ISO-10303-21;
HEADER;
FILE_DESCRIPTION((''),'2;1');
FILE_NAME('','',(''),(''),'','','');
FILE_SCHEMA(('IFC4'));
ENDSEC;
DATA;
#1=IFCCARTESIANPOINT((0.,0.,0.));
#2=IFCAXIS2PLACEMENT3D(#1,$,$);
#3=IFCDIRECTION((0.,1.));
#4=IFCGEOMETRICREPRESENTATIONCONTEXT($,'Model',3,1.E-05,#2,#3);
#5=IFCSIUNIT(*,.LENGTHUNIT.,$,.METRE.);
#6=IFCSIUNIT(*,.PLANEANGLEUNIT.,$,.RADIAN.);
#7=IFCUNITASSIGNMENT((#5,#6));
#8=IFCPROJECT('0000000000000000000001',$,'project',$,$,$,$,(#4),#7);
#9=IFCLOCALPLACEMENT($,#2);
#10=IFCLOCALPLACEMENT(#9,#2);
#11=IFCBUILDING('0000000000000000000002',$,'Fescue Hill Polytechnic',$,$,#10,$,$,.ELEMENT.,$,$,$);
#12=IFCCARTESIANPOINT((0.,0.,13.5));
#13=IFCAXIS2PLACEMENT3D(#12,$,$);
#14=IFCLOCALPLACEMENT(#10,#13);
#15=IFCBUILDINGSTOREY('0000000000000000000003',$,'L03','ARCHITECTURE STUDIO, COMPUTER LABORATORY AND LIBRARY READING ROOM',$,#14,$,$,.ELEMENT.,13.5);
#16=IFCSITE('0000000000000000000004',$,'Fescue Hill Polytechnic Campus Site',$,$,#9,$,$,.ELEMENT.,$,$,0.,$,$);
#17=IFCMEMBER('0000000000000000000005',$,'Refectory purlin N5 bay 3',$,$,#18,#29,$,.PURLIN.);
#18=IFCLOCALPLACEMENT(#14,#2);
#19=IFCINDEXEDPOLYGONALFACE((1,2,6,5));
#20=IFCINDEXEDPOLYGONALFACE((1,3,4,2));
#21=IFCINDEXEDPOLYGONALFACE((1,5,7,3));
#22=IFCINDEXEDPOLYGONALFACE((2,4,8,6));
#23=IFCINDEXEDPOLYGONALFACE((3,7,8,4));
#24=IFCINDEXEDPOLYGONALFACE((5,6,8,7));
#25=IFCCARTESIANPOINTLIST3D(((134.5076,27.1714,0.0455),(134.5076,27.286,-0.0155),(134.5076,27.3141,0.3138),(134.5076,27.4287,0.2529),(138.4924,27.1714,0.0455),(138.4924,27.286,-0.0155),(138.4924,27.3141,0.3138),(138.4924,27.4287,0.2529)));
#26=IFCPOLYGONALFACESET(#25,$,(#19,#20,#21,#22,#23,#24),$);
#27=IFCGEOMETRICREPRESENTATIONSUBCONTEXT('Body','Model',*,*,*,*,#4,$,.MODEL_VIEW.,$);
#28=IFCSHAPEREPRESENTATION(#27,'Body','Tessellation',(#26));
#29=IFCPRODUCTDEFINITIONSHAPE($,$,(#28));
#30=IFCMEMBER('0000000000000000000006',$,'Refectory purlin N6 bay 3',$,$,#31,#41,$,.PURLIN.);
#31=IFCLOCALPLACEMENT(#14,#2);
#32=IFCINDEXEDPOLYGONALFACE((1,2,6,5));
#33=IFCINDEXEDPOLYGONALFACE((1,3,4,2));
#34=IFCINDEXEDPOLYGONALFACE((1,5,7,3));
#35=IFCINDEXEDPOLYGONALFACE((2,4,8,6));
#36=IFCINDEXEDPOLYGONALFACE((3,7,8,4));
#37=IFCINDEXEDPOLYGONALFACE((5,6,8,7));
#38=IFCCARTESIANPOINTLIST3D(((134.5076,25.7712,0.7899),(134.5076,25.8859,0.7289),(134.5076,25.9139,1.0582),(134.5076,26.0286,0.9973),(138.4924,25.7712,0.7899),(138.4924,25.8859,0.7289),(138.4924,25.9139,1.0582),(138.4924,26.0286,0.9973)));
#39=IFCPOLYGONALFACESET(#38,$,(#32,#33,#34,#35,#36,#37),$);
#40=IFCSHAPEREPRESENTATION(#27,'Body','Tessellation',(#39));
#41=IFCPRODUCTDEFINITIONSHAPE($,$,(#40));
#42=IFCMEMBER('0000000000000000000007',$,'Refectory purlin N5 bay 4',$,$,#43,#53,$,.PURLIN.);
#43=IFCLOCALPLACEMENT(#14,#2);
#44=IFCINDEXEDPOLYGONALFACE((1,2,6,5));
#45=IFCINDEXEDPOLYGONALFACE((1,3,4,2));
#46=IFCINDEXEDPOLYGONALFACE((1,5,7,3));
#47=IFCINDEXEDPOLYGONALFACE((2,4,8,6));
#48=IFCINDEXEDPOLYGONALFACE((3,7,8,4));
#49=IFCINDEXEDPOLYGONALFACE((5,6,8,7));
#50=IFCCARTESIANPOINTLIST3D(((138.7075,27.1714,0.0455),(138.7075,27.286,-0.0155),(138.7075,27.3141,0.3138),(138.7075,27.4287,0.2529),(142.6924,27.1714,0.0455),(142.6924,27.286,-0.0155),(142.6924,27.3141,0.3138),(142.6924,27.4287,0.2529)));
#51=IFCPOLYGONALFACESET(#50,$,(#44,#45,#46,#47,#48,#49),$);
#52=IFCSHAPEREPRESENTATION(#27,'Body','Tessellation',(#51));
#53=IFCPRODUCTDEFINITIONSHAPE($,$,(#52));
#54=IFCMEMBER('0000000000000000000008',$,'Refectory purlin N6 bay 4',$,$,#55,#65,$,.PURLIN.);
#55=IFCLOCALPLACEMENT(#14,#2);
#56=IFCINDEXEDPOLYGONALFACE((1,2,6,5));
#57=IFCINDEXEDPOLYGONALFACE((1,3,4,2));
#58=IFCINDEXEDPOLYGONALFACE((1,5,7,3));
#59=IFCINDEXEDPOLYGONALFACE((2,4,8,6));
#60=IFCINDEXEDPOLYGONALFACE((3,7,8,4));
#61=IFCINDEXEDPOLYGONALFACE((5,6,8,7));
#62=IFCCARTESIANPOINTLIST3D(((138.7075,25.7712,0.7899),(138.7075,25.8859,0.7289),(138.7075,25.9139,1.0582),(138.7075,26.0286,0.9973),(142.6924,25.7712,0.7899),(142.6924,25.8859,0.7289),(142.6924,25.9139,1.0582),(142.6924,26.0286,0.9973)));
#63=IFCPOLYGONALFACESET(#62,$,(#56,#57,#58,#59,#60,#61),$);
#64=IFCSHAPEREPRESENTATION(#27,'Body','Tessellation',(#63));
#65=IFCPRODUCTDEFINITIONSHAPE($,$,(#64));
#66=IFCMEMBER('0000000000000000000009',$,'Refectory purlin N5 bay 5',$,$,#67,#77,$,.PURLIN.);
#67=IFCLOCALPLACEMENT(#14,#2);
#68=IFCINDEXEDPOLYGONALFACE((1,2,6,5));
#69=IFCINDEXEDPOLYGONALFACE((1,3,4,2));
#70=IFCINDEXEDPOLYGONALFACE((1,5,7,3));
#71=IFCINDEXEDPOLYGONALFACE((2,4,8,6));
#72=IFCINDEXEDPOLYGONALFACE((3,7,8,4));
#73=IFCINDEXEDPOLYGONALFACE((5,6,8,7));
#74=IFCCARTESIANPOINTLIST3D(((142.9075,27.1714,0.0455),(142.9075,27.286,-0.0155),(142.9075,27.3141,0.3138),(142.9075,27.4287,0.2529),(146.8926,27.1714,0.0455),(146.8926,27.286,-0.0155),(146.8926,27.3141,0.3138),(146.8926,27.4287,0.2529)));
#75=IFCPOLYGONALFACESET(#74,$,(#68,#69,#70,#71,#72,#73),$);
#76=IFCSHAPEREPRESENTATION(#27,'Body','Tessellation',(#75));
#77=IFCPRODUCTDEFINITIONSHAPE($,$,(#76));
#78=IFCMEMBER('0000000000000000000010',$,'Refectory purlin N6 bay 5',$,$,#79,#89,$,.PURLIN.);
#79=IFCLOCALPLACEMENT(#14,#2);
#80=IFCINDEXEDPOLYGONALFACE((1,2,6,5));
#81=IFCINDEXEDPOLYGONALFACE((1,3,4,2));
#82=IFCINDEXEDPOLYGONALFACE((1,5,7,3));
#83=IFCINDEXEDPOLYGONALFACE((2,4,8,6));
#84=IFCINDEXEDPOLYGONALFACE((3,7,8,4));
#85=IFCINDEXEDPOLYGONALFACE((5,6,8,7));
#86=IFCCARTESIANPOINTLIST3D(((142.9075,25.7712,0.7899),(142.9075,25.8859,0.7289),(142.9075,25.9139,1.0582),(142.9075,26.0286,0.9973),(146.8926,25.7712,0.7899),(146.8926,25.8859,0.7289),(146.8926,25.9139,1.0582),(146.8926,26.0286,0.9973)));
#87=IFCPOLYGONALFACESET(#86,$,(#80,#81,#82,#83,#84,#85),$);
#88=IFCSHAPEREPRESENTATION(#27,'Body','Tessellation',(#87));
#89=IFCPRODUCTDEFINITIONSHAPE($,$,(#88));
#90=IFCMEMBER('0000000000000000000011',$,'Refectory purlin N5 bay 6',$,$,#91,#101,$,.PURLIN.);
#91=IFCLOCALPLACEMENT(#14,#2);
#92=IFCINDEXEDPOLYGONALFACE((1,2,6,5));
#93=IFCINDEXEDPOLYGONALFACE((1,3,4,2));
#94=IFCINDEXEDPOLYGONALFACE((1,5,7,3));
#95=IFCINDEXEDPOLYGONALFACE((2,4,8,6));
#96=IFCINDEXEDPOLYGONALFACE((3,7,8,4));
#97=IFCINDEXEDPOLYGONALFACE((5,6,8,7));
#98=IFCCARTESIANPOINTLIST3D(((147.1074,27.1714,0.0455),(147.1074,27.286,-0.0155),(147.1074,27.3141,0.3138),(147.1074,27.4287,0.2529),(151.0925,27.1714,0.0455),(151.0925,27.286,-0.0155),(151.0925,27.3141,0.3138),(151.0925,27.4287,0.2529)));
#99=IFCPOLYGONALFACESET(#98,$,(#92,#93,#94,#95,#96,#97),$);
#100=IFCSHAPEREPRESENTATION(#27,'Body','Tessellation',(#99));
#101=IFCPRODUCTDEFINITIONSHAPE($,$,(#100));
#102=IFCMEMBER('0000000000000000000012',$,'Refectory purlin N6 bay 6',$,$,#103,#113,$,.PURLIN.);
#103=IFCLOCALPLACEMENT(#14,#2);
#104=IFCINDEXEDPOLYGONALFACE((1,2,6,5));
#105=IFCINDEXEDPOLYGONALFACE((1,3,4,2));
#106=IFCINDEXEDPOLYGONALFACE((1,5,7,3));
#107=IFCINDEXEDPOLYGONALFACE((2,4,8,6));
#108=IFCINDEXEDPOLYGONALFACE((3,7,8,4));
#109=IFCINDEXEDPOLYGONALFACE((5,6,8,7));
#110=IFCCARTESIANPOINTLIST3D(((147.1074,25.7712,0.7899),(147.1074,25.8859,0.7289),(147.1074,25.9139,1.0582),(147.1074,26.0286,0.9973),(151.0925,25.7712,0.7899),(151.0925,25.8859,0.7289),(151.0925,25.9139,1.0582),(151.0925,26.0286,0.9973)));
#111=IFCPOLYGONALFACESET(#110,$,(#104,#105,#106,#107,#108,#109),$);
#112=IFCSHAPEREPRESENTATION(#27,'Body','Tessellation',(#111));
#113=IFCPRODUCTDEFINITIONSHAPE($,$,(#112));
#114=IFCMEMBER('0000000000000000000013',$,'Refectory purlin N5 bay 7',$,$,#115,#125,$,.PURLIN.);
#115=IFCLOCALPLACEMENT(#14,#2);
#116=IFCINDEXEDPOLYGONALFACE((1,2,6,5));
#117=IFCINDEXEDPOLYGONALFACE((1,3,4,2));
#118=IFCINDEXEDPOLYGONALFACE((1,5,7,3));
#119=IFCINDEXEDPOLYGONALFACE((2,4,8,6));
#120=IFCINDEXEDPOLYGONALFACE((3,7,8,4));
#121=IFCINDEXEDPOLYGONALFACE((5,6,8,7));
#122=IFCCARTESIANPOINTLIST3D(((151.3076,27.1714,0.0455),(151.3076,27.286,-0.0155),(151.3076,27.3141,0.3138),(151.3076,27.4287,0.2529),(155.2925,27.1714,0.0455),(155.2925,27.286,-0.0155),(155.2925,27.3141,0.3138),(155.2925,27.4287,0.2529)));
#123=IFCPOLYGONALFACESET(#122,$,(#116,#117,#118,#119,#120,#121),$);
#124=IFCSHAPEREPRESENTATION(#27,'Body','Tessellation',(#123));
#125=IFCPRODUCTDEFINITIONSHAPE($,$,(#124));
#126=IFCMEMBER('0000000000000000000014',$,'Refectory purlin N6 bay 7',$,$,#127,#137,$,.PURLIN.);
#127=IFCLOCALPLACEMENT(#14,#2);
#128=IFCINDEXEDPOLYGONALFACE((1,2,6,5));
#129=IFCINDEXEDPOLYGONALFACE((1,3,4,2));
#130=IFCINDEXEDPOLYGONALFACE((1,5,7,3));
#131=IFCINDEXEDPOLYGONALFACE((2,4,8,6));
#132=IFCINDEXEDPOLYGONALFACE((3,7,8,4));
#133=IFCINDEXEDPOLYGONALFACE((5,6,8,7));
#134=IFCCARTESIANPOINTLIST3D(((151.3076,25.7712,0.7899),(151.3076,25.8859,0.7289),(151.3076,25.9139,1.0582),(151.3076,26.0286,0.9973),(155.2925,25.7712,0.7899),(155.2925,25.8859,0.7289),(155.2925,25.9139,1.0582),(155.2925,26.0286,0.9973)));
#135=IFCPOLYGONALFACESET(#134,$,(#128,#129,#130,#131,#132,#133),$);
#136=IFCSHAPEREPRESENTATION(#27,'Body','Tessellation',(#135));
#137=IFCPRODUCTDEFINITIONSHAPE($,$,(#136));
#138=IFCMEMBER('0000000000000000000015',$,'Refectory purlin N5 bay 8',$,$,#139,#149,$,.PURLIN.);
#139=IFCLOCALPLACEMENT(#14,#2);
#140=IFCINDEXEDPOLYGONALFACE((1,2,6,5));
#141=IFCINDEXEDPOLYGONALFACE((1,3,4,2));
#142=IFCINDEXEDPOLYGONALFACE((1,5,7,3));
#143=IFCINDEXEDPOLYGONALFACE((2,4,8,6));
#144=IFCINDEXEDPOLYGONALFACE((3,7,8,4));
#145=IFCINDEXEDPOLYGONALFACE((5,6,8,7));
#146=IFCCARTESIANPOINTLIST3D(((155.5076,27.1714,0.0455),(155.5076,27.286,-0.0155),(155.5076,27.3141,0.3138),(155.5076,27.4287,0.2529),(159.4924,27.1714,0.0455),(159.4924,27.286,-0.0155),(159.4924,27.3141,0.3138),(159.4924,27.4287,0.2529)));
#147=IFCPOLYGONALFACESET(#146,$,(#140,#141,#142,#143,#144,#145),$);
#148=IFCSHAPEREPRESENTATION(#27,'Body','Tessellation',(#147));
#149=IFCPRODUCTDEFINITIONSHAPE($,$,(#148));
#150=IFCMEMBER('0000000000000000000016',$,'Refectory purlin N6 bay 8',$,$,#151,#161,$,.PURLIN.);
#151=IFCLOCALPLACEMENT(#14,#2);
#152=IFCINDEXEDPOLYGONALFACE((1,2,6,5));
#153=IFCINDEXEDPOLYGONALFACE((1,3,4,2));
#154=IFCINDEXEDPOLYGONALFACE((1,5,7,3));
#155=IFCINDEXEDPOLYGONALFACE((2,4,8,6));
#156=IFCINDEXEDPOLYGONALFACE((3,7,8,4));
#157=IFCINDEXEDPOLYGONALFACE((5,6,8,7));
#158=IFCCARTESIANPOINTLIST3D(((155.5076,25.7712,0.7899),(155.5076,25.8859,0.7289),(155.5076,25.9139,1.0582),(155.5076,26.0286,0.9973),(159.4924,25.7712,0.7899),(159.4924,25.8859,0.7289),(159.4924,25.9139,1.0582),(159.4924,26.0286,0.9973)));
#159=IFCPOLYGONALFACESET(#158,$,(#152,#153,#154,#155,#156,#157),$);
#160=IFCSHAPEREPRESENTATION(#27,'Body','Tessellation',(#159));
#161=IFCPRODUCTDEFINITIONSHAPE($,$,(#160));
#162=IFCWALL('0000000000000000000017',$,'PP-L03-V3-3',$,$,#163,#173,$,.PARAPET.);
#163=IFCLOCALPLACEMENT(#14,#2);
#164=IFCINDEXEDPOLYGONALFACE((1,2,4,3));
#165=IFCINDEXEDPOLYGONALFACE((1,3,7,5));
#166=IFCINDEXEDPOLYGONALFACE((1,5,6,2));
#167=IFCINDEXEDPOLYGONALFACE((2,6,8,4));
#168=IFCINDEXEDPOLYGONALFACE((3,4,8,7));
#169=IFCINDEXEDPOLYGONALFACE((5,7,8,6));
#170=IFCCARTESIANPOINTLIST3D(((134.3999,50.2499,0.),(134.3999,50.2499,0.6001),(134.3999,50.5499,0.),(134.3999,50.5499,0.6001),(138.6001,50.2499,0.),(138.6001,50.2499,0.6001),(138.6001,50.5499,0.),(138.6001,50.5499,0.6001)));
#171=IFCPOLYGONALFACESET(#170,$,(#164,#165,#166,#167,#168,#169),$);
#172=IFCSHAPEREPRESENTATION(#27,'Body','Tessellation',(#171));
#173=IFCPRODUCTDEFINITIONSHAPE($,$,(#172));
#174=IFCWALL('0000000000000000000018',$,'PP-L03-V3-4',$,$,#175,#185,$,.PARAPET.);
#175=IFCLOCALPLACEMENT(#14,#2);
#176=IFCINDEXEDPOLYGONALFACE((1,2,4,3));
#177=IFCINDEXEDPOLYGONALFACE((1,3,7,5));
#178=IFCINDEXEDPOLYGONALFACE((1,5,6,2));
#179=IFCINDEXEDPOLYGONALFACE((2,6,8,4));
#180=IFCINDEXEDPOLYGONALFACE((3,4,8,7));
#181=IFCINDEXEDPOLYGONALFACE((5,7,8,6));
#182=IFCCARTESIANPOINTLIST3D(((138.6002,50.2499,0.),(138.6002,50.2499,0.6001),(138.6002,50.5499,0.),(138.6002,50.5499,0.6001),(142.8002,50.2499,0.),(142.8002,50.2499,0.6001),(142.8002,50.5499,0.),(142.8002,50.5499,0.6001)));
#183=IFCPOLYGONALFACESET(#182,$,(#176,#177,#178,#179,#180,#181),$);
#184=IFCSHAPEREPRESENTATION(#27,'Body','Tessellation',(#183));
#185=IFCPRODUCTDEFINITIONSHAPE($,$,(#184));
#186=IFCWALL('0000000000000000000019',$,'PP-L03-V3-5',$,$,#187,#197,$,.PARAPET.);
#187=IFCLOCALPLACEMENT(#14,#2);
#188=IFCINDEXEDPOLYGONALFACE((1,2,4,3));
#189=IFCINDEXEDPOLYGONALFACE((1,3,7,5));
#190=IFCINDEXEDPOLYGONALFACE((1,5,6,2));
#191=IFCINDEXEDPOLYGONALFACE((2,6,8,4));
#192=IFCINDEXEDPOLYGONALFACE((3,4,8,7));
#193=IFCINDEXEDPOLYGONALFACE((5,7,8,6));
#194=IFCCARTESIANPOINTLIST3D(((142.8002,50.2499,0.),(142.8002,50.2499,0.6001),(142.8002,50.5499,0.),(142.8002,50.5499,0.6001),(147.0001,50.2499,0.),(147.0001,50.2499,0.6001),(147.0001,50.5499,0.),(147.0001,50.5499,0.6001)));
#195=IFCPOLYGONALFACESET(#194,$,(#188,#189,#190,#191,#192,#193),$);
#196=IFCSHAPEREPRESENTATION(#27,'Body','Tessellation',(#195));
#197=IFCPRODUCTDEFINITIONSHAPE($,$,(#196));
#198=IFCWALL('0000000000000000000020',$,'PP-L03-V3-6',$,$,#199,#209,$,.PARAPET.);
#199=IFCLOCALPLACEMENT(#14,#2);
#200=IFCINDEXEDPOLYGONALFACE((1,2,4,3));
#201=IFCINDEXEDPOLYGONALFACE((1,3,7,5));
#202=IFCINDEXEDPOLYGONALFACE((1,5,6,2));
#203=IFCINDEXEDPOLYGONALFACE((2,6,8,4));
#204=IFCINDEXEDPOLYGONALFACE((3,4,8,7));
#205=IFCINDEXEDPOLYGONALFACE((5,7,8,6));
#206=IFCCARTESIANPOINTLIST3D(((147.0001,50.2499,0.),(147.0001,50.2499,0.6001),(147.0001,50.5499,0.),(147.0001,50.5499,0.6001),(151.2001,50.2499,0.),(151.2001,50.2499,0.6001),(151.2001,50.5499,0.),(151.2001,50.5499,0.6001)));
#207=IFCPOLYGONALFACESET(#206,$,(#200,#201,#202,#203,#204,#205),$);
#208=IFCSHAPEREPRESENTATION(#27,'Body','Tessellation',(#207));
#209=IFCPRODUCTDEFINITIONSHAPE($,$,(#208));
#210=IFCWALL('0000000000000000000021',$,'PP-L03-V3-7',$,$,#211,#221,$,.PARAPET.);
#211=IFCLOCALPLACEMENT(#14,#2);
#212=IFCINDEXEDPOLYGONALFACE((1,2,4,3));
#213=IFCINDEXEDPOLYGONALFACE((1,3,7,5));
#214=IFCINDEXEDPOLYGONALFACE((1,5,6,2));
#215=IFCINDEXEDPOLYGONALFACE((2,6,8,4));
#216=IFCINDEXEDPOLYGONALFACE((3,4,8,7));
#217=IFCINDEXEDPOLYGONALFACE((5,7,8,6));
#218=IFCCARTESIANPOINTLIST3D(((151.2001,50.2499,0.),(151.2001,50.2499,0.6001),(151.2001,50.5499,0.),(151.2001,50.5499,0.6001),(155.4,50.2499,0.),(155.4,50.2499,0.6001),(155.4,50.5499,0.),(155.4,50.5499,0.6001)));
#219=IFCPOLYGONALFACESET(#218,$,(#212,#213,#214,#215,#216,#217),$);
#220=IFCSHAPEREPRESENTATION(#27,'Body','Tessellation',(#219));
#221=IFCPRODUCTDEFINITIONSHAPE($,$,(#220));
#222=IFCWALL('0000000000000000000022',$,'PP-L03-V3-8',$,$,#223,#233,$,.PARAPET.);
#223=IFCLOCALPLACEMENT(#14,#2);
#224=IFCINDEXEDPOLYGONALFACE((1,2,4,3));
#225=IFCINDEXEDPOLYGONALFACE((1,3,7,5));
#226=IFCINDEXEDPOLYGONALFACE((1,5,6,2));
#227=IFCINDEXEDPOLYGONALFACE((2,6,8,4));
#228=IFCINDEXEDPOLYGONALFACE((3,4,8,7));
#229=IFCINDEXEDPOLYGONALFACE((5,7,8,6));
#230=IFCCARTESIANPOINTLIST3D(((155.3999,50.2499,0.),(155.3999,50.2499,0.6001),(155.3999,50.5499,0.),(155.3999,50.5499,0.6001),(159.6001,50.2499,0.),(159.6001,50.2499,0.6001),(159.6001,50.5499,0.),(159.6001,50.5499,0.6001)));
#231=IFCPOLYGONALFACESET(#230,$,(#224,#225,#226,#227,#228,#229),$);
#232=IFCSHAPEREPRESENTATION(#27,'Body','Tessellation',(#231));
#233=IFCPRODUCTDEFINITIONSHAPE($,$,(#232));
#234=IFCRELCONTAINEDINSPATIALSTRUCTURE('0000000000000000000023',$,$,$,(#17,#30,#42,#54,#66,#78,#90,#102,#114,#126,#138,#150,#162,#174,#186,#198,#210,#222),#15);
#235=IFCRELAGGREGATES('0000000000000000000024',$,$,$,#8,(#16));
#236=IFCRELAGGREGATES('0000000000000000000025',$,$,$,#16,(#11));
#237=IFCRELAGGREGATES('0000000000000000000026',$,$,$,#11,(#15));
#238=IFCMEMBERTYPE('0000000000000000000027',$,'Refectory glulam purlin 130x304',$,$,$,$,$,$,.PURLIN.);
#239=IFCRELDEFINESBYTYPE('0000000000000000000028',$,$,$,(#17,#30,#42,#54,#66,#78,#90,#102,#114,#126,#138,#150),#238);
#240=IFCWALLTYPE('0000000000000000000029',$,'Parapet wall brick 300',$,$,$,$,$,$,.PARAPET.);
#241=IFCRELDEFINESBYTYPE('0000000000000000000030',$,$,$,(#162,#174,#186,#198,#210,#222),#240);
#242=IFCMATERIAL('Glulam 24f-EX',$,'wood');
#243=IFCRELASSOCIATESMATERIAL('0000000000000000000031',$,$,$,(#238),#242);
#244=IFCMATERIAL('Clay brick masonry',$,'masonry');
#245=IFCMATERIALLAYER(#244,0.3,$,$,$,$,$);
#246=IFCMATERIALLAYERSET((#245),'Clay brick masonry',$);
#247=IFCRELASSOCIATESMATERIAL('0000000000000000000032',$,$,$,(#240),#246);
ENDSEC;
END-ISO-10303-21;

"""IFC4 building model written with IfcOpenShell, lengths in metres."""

from ifc_helpers import new_model, si_unit, direction, frame, frame_2d, origin, origin_2d, place, context, subcontext, project, spatial, rectangle, extrude, material, layer, layer_set, material_profile, profile_set, type_object, element, save


model = new_model("IFC4")

# Units and contexts
model_context = context("Model", 3, precision=1e-05, world=origin(), true_north=direction((0.0, 1.0)))
body_context = subcontext(model_context, "Body", "Model", "MODEL_VIEW")
ifc_project = project(units=[si_unit("LENGTHUNIT", "METRE"), si_unit("PLANEANGLEUNIT", "RADIAN")], contexts=[model_context])

# Site, building, storey
site_placement = place(None, origin())
site = spatial("IfcSite", under=ifc_project, at=site_placement, Name="Fescue Hill Polytechnic Campus Site", CompositionType="ELEMENT", RefElevation=0.0)
building_placement = place(site_placement, origin())
building = spatial("IfcBuilding", under=site, at=building_placement, Name="Fescue Hill Polytechnic", CompositionType="ELEMENT")
storey_placement = place(building_placement, frame((0.0, 0.0, 13.5)))
storey = spatial("IfcBuildingStorey", under=building, at=storey_placement, Name="L03", Description="ARCHITECTURE STUDIO, COMPUTER LABORATORY AND LIBRARY READING ROOM", CompositionType="ELEMENT", Elevation=13.5)

# Members
ifc_material_1 = material(Name="Glulam 24f-EX", Category="wood")
ifc_material_profile = material_profile(ifc_material_1, rectangle(XDim=0.1299, YDim=0.304, at=origin_2d()), Name="Refectory glulam purlin 130x304")
ifc_profile_set = profile_set([ifc_material_profile], Name="Glulam 24f-EX")
member_type = type_object("IfcMemberType", Name="Refectory glulam purlin 130x304", PredefinedType="PURLIN", material=ifc_profile_set)
for number, where, z_axis, x_axis, name in (
    (1, (134.5076, 27.3, 0.1492), (1.0, 0.0, 0.0), (0.0, 0.882934, -0.469497), "Refectory purlin N5 bay 3"),
    (2, (134.5076, 25.8999, 0.8936), (1.0, 0.0, 0.0), (0.0, 0.882934, -0.469497), "Refectory purlin N6 bay 3"),
    (3, (138.7075, 27.3, 0.1492), (1.0, 0.0, 0.0), (0.0, 0.882934, -0.469497), "Refectory purlin N5 bay 4"),
    (4, (138.7075, 25.8999, 0.8936), (1.0, 0.0, 0.0), (0.0, 0.882934, -0.469497), "Refectory purlin N6 bay 4"),
):
    element("IfcMember", number, at=place(storey_placement, frame(where, z_axis=z_axis, x_axis=x_axis)), inside=storey, type_object=member_type, Name=name, PredefinedType="PURLIN", context=body_context, shape_type="SweptSolid", body=[
        extrude(rectangle(XDim=0.1299, YDim=0.304, at=origin_2d()), origin(), (0.0, 0.0, 1.0), 3.9849),
    ])
for number, where, z_axis, x_axis, name in (
    (5, (142.9075, 27.3, 0.1492), (1.0, 0.0, 0.0), (0.0, 0.882934, -0.469497), "Refectory purlin N5 bay 5"),
    (6, (142.9075, 25.8999, 0.8936), (1.0, 0.0, 0.0), (0.0, 0.882934, -0.469497), "Refectory purlin N6 bay 5"),
    (7, (147.1074, 27.3, 0.1492), (1.0, 0.0, 0.0), (0.0, 0.882934, -0.469497), "Refectory purlin N5 bay 6"),
    (8, (147.1074, 25.8999, 0.8936), (1.0, 0.0, 0.0), (0.0, 0.882934, -0.469497), "Refectory purlin N6 bay 6"),
):
    element("IfcMember", number, at=place(storey_placement, frame(where, z_axis=z_axis, x_axis=x_axis)), inside=storey, type_object=member_type, Name=name, PredefinedType="PURLIN", context=body_context, shape_type="SweptSolid", body=[
        extrude(rectangle(XDim=0.1299, YDim=0.304, at=origin_2d()), origin(), (0.0, 0.0, 1.0), 3.9851),
    ])
for number, where, z_axis, x_axis, name in (
    (9, (151.3076, 27.3, 0.1492), (1.0, 0.0, 0.0), (0.0, 0.882934, -0.469497), "Refectory purlin N5 bay 7"),
    (10, (151.3076, 25.8999, 0.8936), (1.0, 0.0, 0.0), (0.0, 0.882934, -0.469497), "Refectory purlin N6 bay 7"),
    (11, (155.5076, 27.3, 0.1492), (1.0, 0.0, 0.0), (0.0, 0.882934, -0.469497), "Refectory purlin N5 bay 8"),
    (12, (155.5076, 25.8999, 0.8936), (1.0, 0.0, 0.0), (0.0, 0.882934, -0.469497), "Refectory purlin N6 bay 8"),
):
    element("IfcMember", number, at=place(storey_placement, frame(where, z_axis=z_axis, x_axis=x_axis)), inside=storey, type_object=member_type, Name=name, PredefinedType="PURLIN", context=body_context, shape_type="SweptSolid", body=[
        extrude(rectangle(XDim=0.1299, YDim=0.304, at=origin_2d()), origin(), (0.0, 0.0, 1.0), 3.9849),
    ])

# Walls
ifc_material_2 = material(Name="Clay brick masonry", Category="masonry")
ifc_layer = layer(ifc_material_2, 0.3)
ifc_layer_set = layer_set([ifc_layer], Name="Clay brick masonry")
wall_type = type_object("IfcWallType", Name="Parapet wall brick 300", PredefinedType="PARAPET", material=ifc_layer_set)
wall_1_placement = place(storey_placement, frame((134.3999, 50.3999, 0.0), z_axis=(0.0, 0.0, 1.0), x_axis=(1.0, 0.0, 0.0)))
element("IfcWall", 13, at=wall_1_placement, inside=storey, type_object=wall_type, Name="PP-L03-V3-3", PredefinedType="PARAPET", context=body_context, shape_type="SweptSolid", body=[
    extrude(rectangle(XDim=4.2002, YDim=0.3, at=frame_2d((2.1001, 0.0))), origin(), (0.0, 0.0, 1.0), 0.6001),
])
for number, where, z_axis, x_axis, name in (
    (14, (138.6001, 50.3999, 0.0), (0.0, 0.0, 1.0), (1.0, 0.0, 0.0), "PP-L03-V3-4"),
    (15, (142.8, 50.3999, 0.0), (0.0, 0.0, 1.0), (1.0, 0.0, 0.0), "PP-L03-V3-5"),
    (16, (147.0, 50.3999, 0.0), (0.0, 0.0, 1.0), (1.0, 0.0, 0.0), "PP-L03-V3-6"),
    (17, (151.2, 50.3999, 0.0), (0.0, 0.0, 1.0), (1.0, 0.0, 0.0), "PP-L03-V3-7"),
):
    element("IfcWall", number, at=place(storey_placement, frame(where, z_axis=z_axis, x_axis=x_axis)), inside=storey, type_object=wall_type, Name=name, PredefinedType="PARAPET", context=body_context, shape_type="SweptSolid", body=[
        extrude(rectangle(XDim=4.2, YDim=0.3, at=frame_2d((2.1001, 0.0))), origin(), (0.0, 0.0, 1.0), 0.6001),
    ])
wall_2_placement = place(storey_placement, frame((155.3999, 50.3999, 0.0), z_axis=(0.0, 0.0, 1.0), x_axis=(1.0, 0.0, 0.0)))
element("IfcWall", 18, at=wall_2_placement, inside=storey, type_object=wall_type, Name="PP-L03-V3-8", PredefinedType="PARAPET", context=body_context, shape_type="SweptSolid", body=[
    extrude(rectangle(XDim=4.2002, YDim=0.3, at=frame_2d((2.1001, 0.0))), origin(), (0.0, 0.0, 1.0), 0.6001),
])

save(model, "model.ifc")
